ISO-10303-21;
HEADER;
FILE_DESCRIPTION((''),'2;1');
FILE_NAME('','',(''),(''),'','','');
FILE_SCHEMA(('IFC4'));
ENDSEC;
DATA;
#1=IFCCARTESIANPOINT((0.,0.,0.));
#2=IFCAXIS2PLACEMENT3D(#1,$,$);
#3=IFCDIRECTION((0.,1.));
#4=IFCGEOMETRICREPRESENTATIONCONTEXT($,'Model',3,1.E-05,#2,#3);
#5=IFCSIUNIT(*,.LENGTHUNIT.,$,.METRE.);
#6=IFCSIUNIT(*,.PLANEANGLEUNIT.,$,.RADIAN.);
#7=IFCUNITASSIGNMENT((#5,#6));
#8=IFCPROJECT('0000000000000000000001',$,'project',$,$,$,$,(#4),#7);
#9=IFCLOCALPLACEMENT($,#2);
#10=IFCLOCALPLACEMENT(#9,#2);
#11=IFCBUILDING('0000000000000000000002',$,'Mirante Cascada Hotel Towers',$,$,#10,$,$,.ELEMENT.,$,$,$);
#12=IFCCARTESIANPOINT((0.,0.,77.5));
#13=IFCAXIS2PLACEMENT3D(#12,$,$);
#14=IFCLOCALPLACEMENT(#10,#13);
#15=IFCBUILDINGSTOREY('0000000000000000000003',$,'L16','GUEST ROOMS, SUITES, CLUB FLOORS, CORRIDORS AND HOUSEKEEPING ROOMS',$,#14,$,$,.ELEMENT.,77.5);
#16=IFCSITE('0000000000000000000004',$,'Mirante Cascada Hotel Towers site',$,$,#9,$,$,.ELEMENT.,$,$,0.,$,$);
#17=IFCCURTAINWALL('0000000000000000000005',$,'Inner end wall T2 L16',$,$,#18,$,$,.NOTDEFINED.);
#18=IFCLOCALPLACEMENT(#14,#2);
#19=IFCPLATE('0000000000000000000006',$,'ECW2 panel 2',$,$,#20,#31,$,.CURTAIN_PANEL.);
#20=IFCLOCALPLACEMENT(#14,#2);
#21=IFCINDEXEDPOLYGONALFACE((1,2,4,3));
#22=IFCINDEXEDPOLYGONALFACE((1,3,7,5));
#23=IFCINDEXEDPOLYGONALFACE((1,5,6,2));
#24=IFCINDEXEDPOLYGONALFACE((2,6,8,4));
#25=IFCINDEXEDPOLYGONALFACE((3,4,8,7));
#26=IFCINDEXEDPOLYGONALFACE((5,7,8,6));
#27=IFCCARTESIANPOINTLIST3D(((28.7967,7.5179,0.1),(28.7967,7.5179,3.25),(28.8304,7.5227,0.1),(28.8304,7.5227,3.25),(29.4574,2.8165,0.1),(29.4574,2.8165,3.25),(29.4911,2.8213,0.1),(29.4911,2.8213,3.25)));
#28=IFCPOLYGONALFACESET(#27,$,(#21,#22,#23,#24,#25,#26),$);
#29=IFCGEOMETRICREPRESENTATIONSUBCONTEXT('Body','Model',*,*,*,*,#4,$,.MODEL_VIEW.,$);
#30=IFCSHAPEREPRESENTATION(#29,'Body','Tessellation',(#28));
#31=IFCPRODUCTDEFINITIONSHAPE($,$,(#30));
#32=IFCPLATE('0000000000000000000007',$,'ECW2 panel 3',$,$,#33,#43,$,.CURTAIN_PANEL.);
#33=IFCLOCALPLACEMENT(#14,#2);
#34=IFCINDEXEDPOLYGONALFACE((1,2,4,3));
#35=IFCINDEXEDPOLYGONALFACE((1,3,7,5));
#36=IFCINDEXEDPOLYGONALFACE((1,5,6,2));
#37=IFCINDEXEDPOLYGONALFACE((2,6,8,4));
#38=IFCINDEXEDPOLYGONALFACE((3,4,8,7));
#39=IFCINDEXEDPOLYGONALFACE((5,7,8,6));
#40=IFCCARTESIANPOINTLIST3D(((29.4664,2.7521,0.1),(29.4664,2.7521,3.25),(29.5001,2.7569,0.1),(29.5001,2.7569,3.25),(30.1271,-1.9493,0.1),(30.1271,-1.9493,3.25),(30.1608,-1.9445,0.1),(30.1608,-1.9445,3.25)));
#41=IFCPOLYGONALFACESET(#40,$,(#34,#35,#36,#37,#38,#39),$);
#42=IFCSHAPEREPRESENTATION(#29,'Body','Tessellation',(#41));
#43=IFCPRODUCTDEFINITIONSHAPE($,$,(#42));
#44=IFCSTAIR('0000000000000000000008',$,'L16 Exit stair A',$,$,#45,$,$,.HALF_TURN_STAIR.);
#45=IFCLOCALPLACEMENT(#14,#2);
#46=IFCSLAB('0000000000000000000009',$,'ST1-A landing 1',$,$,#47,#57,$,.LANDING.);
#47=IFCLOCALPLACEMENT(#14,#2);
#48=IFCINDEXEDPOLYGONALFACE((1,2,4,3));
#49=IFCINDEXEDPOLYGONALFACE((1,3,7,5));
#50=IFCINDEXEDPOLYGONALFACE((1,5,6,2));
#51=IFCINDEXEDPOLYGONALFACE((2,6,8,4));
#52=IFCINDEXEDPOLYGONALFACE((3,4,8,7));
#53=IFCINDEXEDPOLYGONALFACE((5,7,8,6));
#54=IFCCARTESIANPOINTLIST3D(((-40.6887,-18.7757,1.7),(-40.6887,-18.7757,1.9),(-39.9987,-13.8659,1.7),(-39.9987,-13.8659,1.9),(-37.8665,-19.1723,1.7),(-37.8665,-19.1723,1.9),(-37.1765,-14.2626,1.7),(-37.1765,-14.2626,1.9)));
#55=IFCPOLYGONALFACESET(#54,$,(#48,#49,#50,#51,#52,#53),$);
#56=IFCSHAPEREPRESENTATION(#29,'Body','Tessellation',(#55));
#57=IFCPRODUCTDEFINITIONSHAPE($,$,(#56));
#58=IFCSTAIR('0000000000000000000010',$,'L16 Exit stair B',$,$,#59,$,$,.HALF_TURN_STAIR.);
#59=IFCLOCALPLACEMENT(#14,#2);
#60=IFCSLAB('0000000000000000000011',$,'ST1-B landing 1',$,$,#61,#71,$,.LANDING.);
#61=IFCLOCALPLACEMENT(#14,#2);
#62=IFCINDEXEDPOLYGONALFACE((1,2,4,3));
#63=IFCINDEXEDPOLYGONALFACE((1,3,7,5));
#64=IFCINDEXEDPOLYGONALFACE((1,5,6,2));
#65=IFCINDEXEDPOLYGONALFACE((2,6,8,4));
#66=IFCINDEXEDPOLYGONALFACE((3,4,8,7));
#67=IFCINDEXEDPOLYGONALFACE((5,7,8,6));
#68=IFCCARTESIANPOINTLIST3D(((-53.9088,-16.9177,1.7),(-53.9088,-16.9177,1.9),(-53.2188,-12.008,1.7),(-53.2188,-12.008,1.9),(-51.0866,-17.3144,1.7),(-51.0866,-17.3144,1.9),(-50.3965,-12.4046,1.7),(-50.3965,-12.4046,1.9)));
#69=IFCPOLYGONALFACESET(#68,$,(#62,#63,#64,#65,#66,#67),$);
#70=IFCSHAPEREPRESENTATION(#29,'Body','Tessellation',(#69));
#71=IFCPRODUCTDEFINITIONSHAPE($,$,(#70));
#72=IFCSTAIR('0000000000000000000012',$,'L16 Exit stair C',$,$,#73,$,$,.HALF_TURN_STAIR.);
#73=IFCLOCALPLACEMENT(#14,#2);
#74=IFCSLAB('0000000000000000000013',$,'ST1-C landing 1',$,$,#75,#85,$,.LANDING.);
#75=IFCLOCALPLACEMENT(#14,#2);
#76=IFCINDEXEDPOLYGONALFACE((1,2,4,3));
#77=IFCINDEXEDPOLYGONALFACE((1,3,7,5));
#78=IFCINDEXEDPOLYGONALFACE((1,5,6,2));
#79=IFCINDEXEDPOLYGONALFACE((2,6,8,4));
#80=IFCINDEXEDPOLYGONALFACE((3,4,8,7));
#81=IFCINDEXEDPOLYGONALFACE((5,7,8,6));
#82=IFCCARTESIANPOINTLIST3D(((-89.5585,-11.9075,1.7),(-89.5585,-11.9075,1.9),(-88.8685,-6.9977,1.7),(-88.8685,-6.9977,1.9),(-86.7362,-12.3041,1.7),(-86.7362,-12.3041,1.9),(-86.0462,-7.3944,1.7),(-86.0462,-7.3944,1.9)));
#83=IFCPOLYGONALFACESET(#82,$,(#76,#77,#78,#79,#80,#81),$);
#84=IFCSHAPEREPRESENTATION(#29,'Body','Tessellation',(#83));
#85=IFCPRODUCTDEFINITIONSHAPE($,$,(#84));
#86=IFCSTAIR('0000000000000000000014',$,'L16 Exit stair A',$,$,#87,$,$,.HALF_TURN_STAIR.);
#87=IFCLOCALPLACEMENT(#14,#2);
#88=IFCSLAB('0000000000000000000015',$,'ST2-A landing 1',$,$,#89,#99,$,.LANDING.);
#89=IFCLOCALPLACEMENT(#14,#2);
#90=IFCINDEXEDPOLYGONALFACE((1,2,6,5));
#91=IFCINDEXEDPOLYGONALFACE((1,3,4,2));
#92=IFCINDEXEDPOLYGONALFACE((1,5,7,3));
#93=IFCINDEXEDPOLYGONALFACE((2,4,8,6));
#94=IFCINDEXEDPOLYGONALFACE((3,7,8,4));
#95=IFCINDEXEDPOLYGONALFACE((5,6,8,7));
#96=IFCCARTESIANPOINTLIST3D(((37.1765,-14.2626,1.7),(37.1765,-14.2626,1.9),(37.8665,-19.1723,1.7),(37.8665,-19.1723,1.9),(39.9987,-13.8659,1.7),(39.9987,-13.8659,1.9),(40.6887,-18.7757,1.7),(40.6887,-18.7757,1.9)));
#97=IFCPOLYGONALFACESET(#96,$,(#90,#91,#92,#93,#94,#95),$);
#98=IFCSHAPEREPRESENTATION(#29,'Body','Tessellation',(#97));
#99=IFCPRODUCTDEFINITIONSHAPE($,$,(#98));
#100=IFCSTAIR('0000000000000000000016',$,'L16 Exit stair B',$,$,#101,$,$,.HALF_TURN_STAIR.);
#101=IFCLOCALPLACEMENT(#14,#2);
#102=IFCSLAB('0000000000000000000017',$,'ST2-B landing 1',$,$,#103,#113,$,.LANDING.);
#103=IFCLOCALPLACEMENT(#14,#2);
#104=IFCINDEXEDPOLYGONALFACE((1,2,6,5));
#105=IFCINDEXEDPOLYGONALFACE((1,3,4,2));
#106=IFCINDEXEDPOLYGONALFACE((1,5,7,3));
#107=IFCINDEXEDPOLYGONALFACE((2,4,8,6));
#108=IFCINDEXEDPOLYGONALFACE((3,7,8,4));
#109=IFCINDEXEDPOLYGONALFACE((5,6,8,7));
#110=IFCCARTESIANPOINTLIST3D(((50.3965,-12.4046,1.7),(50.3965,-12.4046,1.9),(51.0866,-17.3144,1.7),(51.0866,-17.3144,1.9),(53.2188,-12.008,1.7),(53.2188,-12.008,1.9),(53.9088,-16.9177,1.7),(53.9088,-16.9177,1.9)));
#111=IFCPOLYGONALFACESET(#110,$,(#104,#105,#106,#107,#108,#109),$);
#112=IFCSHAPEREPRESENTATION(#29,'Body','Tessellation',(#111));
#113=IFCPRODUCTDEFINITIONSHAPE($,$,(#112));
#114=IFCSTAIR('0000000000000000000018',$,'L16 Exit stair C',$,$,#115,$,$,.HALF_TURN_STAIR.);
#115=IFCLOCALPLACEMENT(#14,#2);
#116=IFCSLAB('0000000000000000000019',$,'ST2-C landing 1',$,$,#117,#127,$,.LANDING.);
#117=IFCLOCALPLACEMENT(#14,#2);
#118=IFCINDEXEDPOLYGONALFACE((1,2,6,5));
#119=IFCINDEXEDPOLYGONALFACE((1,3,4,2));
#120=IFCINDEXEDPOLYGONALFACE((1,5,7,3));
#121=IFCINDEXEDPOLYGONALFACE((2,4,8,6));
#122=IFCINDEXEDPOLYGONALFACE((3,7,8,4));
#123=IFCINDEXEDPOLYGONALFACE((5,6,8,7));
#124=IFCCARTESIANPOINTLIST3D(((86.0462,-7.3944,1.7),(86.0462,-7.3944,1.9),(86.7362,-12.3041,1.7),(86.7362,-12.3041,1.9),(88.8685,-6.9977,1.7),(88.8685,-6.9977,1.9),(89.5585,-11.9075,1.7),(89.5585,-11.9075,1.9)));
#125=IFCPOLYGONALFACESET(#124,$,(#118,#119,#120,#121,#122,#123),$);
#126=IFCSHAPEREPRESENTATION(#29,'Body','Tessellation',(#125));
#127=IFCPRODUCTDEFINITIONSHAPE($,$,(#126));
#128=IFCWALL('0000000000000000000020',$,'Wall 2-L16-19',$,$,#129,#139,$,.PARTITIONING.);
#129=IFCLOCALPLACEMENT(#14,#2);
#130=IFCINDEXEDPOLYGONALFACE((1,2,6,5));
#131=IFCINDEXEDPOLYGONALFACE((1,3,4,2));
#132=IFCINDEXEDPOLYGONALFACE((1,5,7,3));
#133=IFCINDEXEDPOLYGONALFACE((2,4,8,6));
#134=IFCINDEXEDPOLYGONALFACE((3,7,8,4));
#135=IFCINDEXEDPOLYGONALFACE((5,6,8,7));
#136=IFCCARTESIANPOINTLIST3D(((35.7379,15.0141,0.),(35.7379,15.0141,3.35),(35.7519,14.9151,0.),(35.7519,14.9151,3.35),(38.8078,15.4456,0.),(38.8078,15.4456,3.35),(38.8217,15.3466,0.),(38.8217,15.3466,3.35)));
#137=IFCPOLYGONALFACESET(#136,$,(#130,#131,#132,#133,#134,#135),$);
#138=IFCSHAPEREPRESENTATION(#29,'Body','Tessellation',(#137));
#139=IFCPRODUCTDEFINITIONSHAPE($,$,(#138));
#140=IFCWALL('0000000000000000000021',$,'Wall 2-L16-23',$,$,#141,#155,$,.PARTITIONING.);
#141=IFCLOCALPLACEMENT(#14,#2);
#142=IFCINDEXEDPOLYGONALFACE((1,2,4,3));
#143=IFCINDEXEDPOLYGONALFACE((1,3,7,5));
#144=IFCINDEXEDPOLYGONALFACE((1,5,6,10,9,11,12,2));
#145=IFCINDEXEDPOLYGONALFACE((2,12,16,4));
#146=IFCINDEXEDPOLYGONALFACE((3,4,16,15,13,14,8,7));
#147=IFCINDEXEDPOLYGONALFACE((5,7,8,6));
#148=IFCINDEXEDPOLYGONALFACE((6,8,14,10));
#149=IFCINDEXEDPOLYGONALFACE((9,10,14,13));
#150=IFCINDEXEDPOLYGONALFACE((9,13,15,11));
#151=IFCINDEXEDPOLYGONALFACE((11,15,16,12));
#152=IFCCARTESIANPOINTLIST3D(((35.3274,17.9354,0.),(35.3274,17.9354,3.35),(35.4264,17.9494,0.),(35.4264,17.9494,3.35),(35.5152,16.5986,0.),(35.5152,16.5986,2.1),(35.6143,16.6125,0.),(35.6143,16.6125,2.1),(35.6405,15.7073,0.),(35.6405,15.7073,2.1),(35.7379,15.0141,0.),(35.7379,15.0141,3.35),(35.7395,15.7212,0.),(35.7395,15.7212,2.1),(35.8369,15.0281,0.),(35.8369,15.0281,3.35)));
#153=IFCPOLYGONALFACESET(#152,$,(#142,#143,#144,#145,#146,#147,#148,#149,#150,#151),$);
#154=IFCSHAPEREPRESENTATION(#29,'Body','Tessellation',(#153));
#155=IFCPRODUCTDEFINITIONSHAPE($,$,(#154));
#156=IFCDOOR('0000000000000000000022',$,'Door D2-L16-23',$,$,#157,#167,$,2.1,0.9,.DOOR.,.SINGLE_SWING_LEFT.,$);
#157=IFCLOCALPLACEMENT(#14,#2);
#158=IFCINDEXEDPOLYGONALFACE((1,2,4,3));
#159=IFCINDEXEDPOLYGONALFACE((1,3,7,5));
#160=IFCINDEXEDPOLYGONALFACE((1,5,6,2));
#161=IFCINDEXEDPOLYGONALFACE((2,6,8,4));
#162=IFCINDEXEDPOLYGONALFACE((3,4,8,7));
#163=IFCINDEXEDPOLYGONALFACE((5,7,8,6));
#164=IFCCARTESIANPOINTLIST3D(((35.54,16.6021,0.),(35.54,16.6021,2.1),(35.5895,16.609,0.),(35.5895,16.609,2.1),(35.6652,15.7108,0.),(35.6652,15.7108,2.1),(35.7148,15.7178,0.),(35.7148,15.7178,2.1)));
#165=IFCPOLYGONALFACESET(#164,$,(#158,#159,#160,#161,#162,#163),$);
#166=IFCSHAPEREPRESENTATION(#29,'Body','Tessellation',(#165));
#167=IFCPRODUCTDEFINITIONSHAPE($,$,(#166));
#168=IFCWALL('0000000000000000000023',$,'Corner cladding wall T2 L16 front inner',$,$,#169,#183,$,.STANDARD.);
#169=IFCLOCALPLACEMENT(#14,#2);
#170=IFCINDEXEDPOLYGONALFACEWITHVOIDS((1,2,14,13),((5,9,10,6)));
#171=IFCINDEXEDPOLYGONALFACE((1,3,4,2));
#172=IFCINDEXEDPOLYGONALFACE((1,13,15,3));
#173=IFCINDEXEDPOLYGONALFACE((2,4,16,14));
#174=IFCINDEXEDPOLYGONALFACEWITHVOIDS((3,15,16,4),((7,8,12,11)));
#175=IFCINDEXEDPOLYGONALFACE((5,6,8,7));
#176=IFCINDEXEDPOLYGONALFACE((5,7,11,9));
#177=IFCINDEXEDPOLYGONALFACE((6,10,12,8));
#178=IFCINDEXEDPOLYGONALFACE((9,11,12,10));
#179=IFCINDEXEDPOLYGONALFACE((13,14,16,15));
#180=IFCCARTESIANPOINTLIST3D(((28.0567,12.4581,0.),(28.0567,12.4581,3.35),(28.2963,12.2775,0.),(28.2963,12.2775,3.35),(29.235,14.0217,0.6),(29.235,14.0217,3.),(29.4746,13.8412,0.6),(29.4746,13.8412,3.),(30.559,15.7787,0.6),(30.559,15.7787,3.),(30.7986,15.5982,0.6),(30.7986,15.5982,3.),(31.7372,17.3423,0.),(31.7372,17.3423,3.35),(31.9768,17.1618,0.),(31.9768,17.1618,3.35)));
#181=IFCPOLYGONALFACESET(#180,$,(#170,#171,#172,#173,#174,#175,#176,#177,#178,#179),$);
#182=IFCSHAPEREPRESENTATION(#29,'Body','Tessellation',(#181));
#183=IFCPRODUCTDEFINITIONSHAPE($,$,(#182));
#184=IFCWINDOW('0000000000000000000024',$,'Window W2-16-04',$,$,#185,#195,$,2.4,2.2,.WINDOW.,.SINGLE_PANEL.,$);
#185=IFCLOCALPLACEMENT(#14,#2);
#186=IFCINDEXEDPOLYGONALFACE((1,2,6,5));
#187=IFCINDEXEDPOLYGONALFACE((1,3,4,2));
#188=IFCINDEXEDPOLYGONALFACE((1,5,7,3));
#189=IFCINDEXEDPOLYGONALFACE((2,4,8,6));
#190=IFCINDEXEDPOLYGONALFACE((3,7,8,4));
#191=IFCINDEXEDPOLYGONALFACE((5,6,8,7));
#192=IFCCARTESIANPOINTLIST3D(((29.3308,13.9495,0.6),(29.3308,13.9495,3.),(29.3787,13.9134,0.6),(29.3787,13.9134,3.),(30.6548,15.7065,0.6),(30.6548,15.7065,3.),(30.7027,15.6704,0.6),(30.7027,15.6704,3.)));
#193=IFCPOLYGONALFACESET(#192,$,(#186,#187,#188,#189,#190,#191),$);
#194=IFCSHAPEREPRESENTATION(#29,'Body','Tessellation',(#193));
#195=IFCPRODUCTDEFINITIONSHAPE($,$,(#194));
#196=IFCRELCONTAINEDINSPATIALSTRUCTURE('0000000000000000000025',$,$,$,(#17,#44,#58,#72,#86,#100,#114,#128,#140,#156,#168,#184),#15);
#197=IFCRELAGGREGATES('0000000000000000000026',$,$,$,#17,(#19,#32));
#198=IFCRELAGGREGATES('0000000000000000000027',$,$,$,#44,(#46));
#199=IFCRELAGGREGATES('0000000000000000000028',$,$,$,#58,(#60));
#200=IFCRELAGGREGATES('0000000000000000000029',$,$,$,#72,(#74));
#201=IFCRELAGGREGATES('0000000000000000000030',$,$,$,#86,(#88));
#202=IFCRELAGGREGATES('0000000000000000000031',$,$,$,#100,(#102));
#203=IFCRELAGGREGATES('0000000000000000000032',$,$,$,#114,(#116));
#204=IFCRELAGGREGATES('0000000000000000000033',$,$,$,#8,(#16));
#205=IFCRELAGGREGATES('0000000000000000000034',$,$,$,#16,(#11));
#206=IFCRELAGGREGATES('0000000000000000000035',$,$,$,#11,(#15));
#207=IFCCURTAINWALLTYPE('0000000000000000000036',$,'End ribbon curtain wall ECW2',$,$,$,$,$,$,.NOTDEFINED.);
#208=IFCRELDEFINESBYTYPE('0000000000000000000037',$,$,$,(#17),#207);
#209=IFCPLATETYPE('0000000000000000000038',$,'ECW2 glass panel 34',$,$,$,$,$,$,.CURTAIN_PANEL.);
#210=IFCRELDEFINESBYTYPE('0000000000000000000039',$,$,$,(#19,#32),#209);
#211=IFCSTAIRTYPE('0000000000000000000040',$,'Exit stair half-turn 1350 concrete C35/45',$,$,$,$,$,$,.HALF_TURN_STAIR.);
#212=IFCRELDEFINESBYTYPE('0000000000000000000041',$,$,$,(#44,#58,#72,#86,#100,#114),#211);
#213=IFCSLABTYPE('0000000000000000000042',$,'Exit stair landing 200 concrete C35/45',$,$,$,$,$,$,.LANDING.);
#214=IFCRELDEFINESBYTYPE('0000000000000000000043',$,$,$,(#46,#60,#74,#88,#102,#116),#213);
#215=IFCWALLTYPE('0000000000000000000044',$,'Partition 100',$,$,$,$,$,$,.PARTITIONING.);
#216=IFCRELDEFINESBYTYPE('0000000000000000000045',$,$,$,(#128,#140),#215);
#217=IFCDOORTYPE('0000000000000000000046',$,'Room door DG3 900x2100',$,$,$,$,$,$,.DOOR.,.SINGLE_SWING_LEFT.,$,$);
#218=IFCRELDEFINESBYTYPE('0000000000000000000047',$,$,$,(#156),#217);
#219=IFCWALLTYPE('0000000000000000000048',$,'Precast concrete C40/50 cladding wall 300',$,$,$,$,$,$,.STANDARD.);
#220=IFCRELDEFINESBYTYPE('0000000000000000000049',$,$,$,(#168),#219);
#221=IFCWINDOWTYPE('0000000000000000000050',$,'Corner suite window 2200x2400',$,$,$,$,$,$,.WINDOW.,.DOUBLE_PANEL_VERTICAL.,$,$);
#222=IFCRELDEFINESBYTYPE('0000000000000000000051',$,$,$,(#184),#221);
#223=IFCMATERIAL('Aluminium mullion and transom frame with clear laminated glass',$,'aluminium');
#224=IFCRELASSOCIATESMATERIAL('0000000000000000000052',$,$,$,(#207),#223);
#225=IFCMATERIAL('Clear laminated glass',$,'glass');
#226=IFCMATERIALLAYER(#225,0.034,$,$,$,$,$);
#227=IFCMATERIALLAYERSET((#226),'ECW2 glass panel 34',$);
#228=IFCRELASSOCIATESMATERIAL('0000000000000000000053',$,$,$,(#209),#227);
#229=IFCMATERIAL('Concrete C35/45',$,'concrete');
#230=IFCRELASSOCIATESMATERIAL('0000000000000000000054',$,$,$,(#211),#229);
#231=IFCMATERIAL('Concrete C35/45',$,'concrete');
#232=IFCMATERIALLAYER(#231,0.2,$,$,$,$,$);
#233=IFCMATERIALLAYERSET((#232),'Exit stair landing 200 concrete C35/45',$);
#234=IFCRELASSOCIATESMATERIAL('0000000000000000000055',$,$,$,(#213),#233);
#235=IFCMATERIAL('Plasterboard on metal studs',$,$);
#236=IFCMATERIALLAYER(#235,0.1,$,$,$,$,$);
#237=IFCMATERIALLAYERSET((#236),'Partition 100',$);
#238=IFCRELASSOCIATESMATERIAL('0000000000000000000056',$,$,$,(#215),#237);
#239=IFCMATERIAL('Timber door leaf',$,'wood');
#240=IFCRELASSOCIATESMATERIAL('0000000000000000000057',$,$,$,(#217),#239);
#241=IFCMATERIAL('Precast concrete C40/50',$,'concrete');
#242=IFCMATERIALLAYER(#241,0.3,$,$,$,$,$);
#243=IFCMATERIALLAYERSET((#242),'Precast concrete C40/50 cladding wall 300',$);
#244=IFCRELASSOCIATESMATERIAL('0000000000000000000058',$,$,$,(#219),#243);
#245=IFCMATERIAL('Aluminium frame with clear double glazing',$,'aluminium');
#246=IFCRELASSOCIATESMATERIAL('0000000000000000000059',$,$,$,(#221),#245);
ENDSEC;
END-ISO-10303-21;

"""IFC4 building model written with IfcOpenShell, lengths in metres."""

from ifc_helpers import new_model, si_unit, direction, frame, frame_2d, origin, origin_2d, place, context, subcontext, project, spatial, polyline, rectangle, outline, extrude, material, layer, layer_set, type_object, element, fill, aggregate, save


model = new_model("IFC4")

# Units and contexts
model_context = context("Model", 3, precision=1e-05, world=origin(), true_north=direction((0.0, 1.0)))
body_context = subcontext(model_context, "Body", "Model", "MODEL_VIEW")
ifc_project = project(units=[si_unit("LENGTHUNIT", "METRE"), si_unit("PLANEANGLEUNIT", "RADIAN")], contexts=[model_context])

# Site, building, storey
site_placement = place(None, origin())
site = spatial("IfcSite", under=ifc_project, at=site_placement, Name="Mirante Cascada Hotel Towers site", CompositionType="ELEMENT", RefElevation=0.0)
building_placement = place(site_placement, origin())
building = spatial("IfcBuilding", under=site, at=building_placement, Name="Mirante Cascada Hotel Towers", CompositionType="ELEMENT")
storey_placement = place(building_placement, frame((0.0, 0.0, 77.5)))
storey = spatial("IfcBuildingStorey", under=building, at=storey_placement, Name="L16", Description="GUEST ROOMS, SUITES, CLUB FLOORS, CORRIDORS AND HOUSEKEEPING ROOMS", CompositionType="ELEMENT", Elevation=77.5)

# Curtain wall
ifc_material_1 = material(Name="Aluminium mullion and transom frame with clear laminated glass", Category="aluminium")
curtain_wall_type_1 = type_object("IfcCurtainWallType", Name="End ribbon curtain wall ECW2", PredefinedType="NOTDEFINED", material=ifc_material_1)
curtain_wall_1_placement = place(storey_placement, origin())
curtain_wall_1 = element("IfcCurtainWall", 1, at=curtain_wall_1_placement, inside=storey, type_object=curtain_wall_type_1, Name="Inner end wall T2 L16", PredefinedType="NOTDEFINED")

# Plates
ifc_material_2 = material(Name="Clear laminated glass", Category="glass")
ifc_layer_1 = layer(ifc_material_2, 0.034)
ifc_layer_set_1 = layer_set([ifc_layer_1], Name="ECW2 glass panel 34")
plate_type_1 = type_object("IfcPlateType", Name="ECW2 glass panel 34", PredefinedType="CURTAIN_PANEL", material=ifc_layer_set_1)
plate_1_placement = place(storey_placement, frame((29.1439, 5.1696, 0.1), z_axis=(0.0, 0.0, 1.0), x_axis=(0.139173, -0.990268, 0.0)))
plate_1 = element("IfcPlate", 2, at=plate_1_placement, type_object=plate_type_1, Name="ECW2 panel 2", PredefinedType="CURTAIN_PANEL", context=body_context, shape_type="SweptSolid", body=[
    extrude(rectangle(XDim=4.7476, YDim=0.034, at=origin_2d()), origin(), (0.0, 0.0, 1.0), 3.15),
])
plate_2_placement = place(storey_placement, frame((29.8136, 0.4038, 0.1), z_axis=(0.0, 0.0, 1.0), x_axis=(0.139173, -0.990268, 0.0)))
plate_2 = element("IfcPlate", 3, at=plate_2_placement, type_object=plate_type_1, Name="ECW2 panel 3", PredefinedType="CURTAIN_PANEL", context=body_context, shape_type="SweptSolid", body=[
    extrude(rectangle(XDim=4.7476, YDim=0.034, at=origin_2d()), origin(), (0.0, 0.0, 1.0), 3.15),
])
aggregate(curtain_wall_1, [plate_1, plate_2])

# Stairs, slabs
ifc_material_3 = material(Name="Concrete C35/45", Category="concrete")
stair_type = type_object("IfcStairType", Name="Exit stair half-turn 1350 concrete C35/45", PredefinedType="HALF_TURN_STAIR", material=ifc_material_3)
stair_1_placement = place(storey_placement, origin())
stair_1 = element("IfcStair", 4, at=stair_1_placement, inside=storey, type_object=stair_type, Name="L16 Exit stair A", PredefinedType="HALF_TURN_STAIR")
ifc_material_4 = material(Name="Concrete C35/45", Category="concrete")
ifc_layer_2 = layer(ifc_material_4, 0.2)
ifc_layer_set_2 = layer_set([ifc_layer_2], Name="Exit stair landing 200 concrete C35/45")
slab_type = type_object("IfcSlabType", Name="Exit stair landing 200 concrete C35/45", PredefinedType="LANDING", material=ifc_layer_set_2)
slab_1_placement = place(storey_placement, frame((0.0, 0.0, 1.7)))
slab_1 = element("IfcSlab", 5, at=slab_1_placement, type_object=slab_type, Name="ST1-A landing 1", PredefinedType="LANDING", context=body_context, shape_type="SweptSolid", body=[
    extrude(outline(polyline([(-39.9987, -13.8659), (-40.6887, -18.7757), (-37.8665, -19.1723), (-37.1765, -14.2626), (-39.9987, -13.8659)])), origin(), (0.0, 0.0, 1.0), 0.2),
])
aggregate(stair_1, [slab_1])
stair_2_placement = place(storey_placement, origin())
stair_2 = element("IfcStair", 6, at=stair_2_placement, inside=storey, type_object=stair_type, Name="L16 Exit stair B", PredefinedType="HALF_TURN_STAIR")
slab_2_placement = place(storey_placement, frame((0.0, 0.0, 1.7)))
slab_2 = element("IfcSlab", 7, at=slab_2_placement, type_object=slab_type, Name="ST1-B landing 1", PredefinedType="LANDING", context=body_context, shape_type="SweptSolid", body=[
    extrude(outline(polyline([(-53.2188, -12.008), (-53.9088, -16.9177), (-51.0866, -17.3144), (-50.3965, -12.4046), (-53.2188, -12.008)])), origin(), (0.0, 0.0, 1.0), 0.2),
])
aggregate(stair_2, [slab_2])
stair_3_placement = place(storey_placement, origin())
stair_3 = element("IfcStair", 8, at=stair_3_placement, inside=storey, type_object=stair_type, Name="L16 Exit stair C", PredefinedType="HALF_TURN_STAIR")
slab_3_placement = place(storey_placement, frame((0.0, 0.0, 1.7)))
slab_3 = element("IfcSlab", 9, at=slab_3_placement, type_object=slab_type, Name="ST1-C landing 1", PredefinedType="LANDING", context=body_context, shape_type="SweptSolid", body=[
    extrude(outline(polyline([(-88.8685, -6.9977), (-89.5585, -11.9075), (-86.7362, -12.3041), (-86.0462, -7.3944), (-88.8685, -6.9977)])), origin(), (0.0, 0.0, 1.0), 0.2),
])
aggregate(stair_3, [slab_3])
stair_4_placement = place(storey_placement, origin())
stair_4 = element("IfcStair", 10, at=stair_4_placement, inside=storey, type_object=stair_type, Name="L16 Exit stair A", PredefinedType="HALF_TURN_STAIR")
slab_4_placement = place(storey_placement, frame((0.0, 0.0, 1.7)))
slab_4 = element("IfcSlab", 11, at=slab_4_placement, type_object=slab_type, Name="ST2-A landing 1", PredefinedType="LANDING", context=body_context, shape_type="SweptSolid", body=[
    extrude(outline(polyline([(37.1765, -14.2626), (37.8665, -19.1723), (40.6887, -18.7757), (39.9987, -13.8659), (37.1765, -14.2626)])), origin(), (0.0, 0.0, 1.0), 0.2),
])
aggregate(stair_4, [slab_4])
stair_5_placement = place(storey_placement, origin())
stair_5 = element("IfcStair", 12, at=stair_5_placement, inside=storey, type_object=stair_type, Name="L16 Exit stair B", PredefinedType="HALF_TURN_STAIR")
slab_5_placement = place(storey_placement, frame((0.0, 0.0, 1.7)))
slab_5 = element("IfcSlab", 13, at=slab_5_placement, type_object=slab_type, Name="ST2-B landing 1", PredefinedType="LANDING", context=body_context, shape_type="SweptSolid", body=[
    extrude(outline(polyline([(50.3965, -12.4046), (51.0866, -17.3144), (53.9088, -16.9177), (53.2188, -12.008), (50.3965, -12.4046)])), origin(), (0.0, 0.0, 1.0), 0.2),
])
aggregate(stair_5, [slab_5])
stair_6_placement = place(storey_placement, origin())
stair_6 = element("IfcStair", 14, at=stair_6_placement, inside=storey, type_object=stair_type, Name="L16 Exit stair C", PredefinedType="HALF_TURN_STAIR")
slab_6_placement = place(storey_placement, frame((0.0, 0.0, 1.7)))
slab_6 = element("IfcSlab", 15, at=slab_6_placement, type_object=slab_type, Name="ST2-C landing 1", PredefinedType="LANDING", context=body_context, shape_type="SweptSolid", body=[
    extrude(outline(polyline([(86.0462, -7.3944), (86.7362, -12.3041), (89.5585, -11.9075), (88.8685, -6.9977), (86.0462, -7.3944)])), origin(), (0.0, 0.0, 1.0), 0.2),
])
aggregate(stair_6, [slab_6])

# Wall
ifc_material_5 = material(Name="Plasterboard on metal studs")
ifc_layer_3 = layer(ifc_material_5, 0.1)
ifc_layer_set_3 = layer_set([ifc_layer_3], Name="Partition 100")
wall_type_1 = type_object("IfcWallType", Name="Partition 100", PredefinedType="PARTITIONING", material=ifc_layer_set_3)
wall_1_placement = place(storey_placement, frame((35.7449, 14.9646, 0.0), z_axis=(0.0, 0.0, 1.0), x_axis=(0.990265, 0.139194, 0.0)))
element("IfcWall", 16, at=wall_1_placement, inside=storey, type_object=wall_type_1, Name="Wall 2-L16-19", PredefinedType="PARTITIONING", context=body_context, shape_type="SweptSolid", body=[
    extrude(rectangle(XDim=3.1, YDim=0.1, at=frame_2d((1.55, 0.0))), origin(), (0.0, 0.0, 1.0), 3.35),
])

# Wall, opening, door
wall_2_placement = place(storey_placement, frame((35.7874, 15.0211, 0.0), z_axis=(0.0, 0.0, 1.0), x_axis=(-0.139153, 0.990271, 0.0)))
wall_2 = element("IfcWall", 17, at=wall_2_placement, inside=storey, type_object=wall_type_1, Name="Wall 2-L16-23", PredefinedType="PARTITIONING", context=body_context, shape_type="SweptSolid", body=[
    extrude(rectangle(XDim=2.95, YDim=0.1, at=frame_2d((1.475, 0.0))), origin(), (0.0, 0.0, 1.0), 3.35),
])
opening_1_placement = place(wall_2_placement, frame((0.7, 0.0, 0.0)))
opening_1 = element("IfcOpeningElement", 18, at=opening_1_placement, cuts=wall_2, PredefinedType="OPENING", context=body_context, shape_type="SweptSolid", body=[
    extrude(rectangle(XDim=0.9, YDim=2.1, at=frame_2d((0.45, 1.05))), frame((0.0, 0.05, 0.0), z_axis=(0.0, -1.0, 0.0), x_axis=(1.0, 0.0, 0.0)), (0.0, 0.0, 1.0), 0.1),
])
ifc_material_6 = material(Name="Timber door leaf", Category="wood")
door_type = type_object("IfcDoorType", Name="Room door DG3 900x2100", OperationType="SINGLE_SWING_LEFT", PredefinedType="DOOR", material=ifc_material_6)
door_placement = place(opening_1_placement, origin())
door = element("IfcDoor", 19, at=door_placement, inside=storey, type_object=door_type, Name="Door D2-L16-23", OperationType="SINGLE_SWING_LEFT", OverallHeight=2.1, OverallWidth=0.9, PredefinedType="DOOR", context=body_context, shape_type="SweptSolid", body=[
    extrude(rectangle(XDim=0.9, YDim=2.1, at=frame_2d((0.45, 1.05))), frame((0.0, 0.025, 0.0), z_axis=(0.0, -1.0, 0.0), x_axis=(1.0, 0.0, 0.0)), (0.0, 0.0, 1.0), 0.05),
])
fill(opening_1, door)

# Wall, opening, window
ifc_material_7 = material(Name="Precast concrete C40/50", Category="concrete")
ifc_layer_4 = layer(ifc_material_7, 0.3)
ifc_layer_set_4 = layer_set([ifc_layer_4], Name="Precast concrete C40/50 cladding wall 300")
wall_type_2 = type_object("IfcWallType", Name="Precast concrete C40/50 cladding wall 300", PredefinedType="STANDARD", material=ifc_layer_set_4)
wall_3_placement = place(storey_placement, frame((31.857, 17.252, 0.0), z_axis=(0.0, 0.0, 1.0), x_axis=(-0.601814, -0.798636, 0.0)))
wall_3 = element("IfcWall", 20, at=wall_3_placement, inside=storey, type_object=wall_type_2, Name="Corner cladding wall T2 L16 front inner", PredefinedType="STANDARD", context=body_context, shape_type="SweptSolid", body=[
    extrude(rectangle(XDim=6.1157, YDim=0.3, at=frame_2d((3.0578, 0.0))), origin(), (0.0, 0.0, 1.0), 3.35),
])
opening_2_placement = place(wall_3_placement, frame((1.9578, 0.0, 0.6)))
opening_2 = element("IfcOpeningElement", 21, at=opening_2_placement, cuts=wall_3, PredefinedType="OPENING", context=body_context, shape_type="SweptSolid", body=[
    extrude(rectangle(XDim=2.2, YDim=2.4, at=frame_2d((1.1, 1.2))), frame((0.0, 0.15, 0.0), z_axis=(0.0, -1.0, 0.0), x_axis=(1.0, 0.0, 0.0)), (0.0, 0.0, 1.0), 0.3),
])
ifc_material_8 = material(Name="Aluminium frame with clear double glazing", Category="aluminium")
window_type = type_object("IfcWindowType", Name="Corner suite window 2200x2400", PartitioningType="DOUBLE_PANEL_VERTICAL", PredefinedType="WINDOW", material=ifc_material_8)
window_placement = place(opening_2_placement, origin())
window = element("IfcWindow", 22, at=window_placement, inside=storey, type_object=window_type, Name="Window W2-16-04", OverallHeight=2.4, OverallWidth=2.2, PartitioningType="SINGLE_PANEL", PredefinedType="WINDOW", context=body_context, shape_type="SweptSolid", body=[
    extrude(rectangle(XDim=2.2, YDim=2.4, at=frame_2d((1.1, 1.2))), frame((0.0, 0.03, 0.0), z_axis=(0.0, -1.0, 0.0), x_axis=(1.0, 0.0, 0.0)), (0.0, 0.0, 1.0), 0.06),
])
fill(opening_2, window)

save(model, "model.ifc")
